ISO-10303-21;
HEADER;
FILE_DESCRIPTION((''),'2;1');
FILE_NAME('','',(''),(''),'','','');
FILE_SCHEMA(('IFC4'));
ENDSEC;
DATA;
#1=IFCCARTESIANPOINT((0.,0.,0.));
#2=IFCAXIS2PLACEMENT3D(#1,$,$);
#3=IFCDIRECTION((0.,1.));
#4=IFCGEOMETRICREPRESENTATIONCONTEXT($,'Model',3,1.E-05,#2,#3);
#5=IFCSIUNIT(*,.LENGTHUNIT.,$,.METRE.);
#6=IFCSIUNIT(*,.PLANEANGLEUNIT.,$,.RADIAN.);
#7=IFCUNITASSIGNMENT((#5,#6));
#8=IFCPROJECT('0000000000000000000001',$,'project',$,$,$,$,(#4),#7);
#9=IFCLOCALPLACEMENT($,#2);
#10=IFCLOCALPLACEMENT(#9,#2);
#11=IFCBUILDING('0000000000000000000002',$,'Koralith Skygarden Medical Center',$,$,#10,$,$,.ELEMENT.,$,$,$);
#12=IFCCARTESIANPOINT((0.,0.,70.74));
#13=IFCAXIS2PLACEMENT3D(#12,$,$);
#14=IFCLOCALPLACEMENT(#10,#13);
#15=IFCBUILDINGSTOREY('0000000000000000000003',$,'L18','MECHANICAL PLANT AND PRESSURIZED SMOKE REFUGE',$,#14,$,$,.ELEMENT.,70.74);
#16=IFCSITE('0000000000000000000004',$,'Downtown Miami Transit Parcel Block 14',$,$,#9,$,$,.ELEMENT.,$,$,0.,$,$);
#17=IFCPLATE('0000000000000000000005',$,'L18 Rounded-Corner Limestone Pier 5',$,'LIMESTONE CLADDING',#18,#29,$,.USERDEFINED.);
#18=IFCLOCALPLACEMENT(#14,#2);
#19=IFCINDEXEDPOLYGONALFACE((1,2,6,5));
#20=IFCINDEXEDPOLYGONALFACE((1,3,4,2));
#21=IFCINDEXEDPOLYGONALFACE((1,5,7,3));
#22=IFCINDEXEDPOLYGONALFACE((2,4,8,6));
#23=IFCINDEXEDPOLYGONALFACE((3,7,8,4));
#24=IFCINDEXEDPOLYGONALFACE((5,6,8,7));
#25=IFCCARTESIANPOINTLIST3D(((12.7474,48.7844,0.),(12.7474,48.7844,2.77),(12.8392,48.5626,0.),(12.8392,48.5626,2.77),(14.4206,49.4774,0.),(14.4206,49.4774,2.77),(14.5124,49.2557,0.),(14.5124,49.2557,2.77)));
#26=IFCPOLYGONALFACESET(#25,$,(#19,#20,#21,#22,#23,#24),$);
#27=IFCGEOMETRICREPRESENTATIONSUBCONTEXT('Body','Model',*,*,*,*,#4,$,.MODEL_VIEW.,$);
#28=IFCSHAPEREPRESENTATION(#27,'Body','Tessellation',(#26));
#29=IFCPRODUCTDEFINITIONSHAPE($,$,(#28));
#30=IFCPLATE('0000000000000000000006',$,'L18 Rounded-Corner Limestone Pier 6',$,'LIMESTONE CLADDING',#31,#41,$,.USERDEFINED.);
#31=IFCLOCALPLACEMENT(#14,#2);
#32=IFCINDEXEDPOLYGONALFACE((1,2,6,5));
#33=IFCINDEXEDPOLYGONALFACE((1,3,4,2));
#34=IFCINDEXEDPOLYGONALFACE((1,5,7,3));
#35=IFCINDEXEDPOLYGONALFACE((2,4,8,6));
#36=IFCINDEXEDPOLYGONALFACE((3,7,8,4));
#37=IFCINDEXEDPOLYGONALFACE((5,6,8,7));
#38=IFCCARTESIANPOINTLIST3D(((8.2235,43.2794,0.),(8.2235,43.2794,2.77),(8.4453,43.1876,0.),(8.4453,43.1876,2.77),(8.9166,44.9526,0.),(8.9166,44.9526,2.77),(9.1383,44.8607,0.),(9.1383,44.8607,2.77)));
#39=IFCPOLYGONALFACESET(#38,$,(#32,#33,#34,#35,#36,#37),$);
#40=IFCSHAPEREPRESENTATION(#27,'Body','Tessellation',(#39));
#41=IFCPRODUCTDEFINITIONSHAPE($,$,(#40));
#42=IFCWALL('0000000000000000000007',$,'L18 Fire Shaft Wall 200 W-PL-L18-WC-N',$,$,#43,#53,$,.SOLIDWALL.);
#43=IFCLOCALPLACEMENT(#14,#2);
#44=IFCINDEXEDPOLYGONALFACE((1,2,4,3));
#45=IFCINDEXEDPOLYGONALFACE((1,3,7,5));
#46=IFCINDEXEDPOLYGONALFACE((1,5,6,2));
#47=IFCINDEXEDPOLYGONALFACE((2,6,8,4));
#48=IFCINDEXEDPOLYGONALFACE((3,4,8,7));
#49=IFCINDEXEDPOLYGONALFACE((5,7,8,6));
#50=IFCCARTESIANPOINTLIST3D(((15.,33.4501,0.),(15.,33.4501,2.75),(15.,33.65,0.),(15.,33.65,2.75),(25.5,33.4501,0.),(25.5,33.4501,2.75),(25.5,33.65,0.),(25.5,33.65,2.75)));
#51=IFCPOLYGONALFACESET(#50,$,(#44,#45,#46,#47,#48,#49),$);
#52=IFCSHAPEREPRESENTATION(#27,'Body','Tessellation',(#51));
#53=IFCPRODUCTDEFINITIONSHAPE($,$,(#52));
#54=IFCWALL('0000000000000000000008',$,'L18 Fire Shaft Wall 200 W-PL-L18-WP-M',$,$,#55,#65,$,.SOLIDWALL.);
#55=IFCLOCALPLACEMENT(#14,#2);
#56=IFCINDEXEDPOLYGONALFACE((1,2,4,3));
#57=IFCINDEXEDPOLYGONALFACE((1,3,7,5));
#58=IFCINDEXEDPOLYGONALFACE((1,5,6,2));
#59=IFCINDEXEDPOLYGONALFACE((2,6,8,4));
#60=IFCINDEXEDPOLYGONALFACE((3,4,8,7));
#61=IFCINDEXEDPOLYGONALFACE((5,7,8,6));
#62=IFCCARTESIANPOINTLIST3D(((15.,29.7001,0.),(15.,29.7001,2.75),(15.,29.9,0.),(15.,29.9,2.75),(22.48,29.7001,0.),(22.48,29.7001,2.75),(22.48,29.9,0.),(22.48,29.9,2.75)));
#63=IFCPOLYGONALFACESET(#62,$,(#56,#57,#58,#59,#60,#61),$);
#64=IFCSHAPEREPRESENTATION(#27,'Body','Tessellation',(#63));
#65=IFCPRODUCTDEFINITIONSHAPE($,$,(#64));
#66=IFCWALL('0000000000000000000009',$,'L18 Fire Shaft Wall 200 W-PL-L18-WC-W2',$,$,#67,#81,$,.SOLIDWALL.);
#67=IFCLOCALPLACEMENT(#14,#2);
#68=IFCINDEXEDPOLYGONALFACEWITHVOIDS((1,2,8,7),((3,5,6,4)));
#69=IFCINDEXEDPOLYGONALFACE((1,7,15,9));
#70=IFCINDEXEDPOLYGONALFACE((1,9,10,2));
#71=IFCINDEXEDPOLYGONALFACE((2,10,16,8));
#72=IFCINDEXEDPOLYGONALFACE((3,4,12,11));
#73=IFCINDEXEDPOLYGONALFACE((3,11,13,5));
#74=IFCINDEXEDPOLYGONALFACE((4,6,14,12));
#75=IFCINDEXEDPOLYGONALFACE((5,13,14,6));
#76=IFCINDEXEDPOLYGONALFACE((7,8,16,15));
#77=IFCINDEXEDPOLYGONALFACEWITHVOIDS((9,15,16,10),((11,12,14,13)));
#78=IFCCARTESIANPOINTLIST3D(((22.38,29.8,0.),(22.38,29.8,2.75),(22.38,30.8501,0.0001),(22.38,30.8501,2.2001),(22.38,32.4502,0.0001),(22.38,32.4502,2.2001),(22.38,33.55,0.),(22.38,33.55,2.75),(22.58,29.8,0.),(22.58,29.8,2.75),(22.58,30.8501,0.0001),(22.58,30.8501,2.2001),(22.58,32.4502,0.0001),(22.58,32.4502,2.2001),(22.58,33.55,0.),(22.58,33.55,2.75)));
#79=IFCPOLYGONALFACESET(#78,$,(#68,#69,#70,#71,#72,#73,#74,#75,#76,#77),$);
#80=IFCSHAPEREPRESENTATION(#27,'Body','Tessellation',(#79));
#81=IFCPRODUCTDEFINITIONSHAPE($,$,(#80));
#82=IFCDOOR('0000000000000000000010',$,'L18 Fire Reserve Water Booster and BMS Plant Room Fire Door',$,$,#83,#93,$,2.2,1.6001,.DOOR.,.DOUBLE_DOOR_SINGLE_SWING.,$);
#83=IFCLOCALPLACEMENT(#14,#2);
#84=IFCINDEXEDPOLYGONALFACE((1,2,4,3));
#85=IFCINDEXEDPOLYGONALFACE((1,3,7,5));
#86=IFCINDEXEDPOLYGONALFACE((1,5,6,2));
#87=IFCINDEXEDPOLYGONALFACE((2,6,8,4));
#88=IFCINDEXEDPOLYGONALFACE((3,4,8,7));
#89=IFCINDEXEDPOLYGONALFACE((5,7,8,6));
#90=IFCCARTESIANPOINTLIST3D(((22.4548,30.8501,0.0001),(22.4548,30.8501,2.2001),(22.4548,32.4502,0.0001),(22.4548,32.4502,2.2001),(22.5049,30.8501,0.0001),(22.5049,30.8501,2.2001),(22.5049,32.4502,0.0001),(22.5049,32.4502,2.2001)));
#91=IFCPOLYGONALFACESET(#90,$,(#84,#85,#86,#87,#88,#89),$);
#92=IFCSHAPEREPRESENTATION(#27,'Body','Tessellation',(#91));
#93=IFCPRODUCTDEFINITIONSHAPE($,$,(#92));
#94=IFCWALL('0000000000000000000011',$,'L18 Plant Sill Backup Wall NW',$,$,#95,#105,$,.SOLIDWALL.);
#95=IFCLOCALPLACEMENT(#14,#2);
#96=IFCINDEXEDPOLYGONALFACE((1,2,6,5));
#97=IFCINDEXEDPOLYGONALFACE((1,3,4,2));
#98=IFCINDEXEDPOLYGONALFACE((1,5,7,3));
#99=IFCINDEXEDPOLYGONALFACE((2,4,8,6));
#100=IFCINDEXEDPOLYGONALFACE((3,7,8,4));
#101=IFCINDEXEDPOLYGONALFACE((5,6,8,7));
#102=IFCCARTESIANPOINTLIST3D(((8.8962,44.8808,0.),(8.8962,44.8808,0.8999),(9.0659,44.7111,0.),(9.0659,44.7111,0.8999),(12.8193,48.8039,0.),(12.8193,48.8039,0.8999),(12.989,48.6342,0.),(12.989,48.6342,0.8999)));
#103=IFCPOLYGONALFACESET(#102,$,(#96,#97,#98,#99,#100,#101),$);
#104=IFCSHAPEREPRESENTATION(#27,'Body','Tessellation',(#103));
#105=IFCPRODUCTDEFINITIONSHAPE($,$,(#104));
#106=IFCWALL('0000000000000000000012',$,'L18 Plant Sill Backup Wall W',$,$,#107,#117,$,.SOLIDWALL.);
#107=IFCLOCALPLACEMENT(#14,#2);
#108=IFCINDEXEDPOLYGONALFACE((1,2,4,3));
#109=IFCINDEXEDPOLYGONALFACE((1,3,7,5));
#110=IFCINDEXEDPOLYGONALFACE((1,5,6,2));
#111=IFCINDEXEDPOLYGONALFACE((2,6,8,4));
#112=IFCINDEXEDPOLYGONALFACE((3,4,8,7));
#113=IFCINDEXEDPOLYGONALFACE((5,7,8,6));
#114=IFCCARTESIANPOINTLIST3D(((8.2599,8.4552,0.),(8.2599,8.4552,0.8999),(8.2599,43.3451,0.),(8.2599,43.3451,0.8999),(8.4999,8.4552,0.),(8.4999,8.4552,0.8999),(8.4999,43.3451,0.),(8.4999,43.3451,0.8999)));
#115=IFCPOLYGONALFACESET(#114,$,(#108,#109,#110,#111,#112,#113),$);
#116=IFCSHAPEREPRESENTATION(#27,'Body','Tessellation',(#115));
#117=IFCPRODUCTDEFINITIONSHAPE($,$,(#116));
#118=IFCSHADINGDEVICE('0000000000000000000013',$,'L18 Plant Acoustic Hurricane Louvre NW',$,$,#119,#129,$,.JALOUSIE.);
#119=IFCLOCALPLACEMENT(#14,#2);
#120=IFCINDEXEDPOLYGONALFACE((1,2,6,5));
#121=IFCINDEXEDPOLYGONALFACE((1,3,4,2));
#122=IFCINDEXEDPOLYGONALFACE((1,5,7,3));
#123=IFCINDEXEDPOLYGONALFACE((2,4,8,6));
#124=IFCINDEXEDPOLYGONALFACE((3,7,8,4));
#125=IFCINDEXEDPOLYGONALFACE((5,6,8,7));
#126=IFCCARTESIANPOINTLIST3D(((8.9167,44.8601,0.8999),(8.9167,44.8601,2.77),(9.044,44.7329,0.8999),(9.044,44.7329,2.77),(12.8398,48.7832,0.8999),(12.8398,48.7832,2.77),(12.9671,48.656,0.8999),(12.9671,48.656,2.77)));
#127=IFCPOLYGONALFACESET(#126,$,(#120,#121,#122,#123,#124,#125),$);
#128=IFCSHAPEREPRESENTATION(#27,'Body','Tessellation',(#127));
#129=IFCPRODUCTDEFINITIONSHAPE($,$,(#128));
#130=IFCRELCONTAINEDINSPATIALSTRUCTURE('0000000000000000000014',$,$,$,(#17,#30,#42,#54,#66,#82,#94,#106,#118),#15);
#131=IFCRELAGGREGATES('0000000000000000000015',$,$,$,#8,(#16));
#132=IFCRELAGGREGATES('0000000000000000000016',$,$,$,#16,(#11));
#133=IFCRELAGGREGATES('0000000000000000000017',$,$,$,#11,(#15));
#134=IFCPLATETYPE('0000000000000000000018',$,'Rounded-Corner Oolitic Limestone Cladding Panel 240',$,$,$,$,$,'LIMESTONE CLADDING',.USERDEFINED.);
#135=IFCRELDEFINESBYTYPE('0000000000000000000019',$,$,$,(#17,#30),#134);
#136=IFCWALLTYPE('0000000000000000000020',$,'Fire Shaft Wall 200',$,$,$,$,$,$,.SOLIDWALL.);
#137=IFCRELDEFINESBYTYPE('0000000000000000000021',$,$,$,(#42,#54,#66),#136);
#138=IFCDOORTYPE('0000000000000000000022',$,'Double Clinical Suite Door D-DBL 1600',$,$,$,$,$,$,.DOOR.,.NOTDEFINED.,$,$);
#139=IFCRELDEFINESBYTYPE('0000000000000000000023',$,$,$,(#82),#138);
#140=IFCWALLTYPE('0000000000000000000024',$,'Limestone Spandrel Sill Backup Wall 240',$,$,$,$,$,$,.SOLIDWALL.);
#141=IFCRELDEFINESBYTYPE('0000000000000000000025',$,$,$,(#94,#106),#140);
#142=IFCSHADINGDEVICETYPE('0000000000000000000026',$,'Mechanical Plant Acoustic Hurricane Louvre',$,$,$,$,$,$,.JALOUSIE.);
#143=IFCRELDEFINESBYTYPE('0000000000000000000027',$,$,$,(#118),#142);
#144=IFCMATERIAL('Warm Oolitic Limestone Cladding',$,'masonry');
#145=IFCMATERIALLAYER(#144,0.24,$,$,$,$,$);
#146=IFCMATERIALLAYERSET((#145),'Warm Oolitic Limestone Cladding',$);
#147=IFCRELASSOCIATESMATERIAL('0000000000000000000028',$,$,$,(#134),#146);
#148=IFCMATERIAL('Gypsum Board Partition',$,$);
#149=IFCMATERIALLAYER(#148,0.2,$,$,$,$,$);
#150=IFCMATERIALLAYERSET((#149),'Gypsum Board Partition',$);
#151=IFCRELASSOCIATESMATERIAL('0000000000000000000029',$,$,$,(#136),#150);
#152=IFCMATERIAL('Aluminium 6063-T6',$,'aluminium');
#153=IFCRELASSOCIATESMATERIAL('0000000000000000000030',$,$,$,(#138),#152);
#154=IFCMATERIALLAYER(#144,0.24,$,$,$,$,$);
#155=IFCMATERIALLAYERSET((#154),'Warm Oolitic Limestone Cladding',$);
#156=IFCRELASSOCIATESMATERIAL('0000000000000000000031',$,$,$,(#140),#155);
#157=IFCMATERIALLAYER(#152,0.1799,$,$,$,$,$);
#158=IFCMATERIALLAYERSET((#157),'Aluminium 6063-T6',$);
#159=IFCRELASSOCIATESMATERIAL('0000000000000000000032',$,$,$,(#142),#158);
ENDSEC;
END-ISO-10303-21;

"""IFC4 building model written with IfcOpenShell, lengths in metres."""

from ifc_helpers import new_model, si_unit, direction, frame, frame_2d, origin, origin_2d, place, context, subcontext, project, spatial, rectangle, extrude, material, layer, layer_set, type_object, element, fill, save


model = new_model("IFC4")

# Units and contexts
model_context = context("Model", 3, precision=1e-05, world=origin(), true_north=direction((0.0, 1.0)))
body_context = subcontext(model_context, "Body", "Model", "MODEL_VIEW")
ifc_project = project(units=[si_unit("LENGTHUNIT", "METRE"), si_unit("PLANEANGLEUNIT", "RADIAN")], contexts=[model_context])

# Site, building, storey
site_placement = place(None, origin())
site = spatial("IfcSite", under=ifc_project, at=site_placement, Name="Downtown Miami Transit Parcel Block 14", CompositionType="ELEMENT", RefElevation=0.0)
building_placement = place(site_placement, origin())
building = spatial("IfcBuilding", under=site, at=building_placement, Name="Koralith Skygarden Medical Center", CompositionType="ELEMENT")
storey_placement = place(building_placement, frame((0.0, 0.0, 70.74)))
storey = spatial("IfcBuildingStorey", under=building, at=storey_placement, Name="L18", Description="MECHANICAL PLANT AND PRESSURIZED SMOKE REFUGE", CompositionType="ELEMENT", Elevation=70.74)

# Plates
ifc_material_1 = material(Name="Warm Oolitic Limestone Cladding", Category="masonry")
ifc_layer_1 = layer(ifc_material_1, 0.24)
ifc_layer_set_1 = layer_set([ifc_layer_1], Name="Warm Oolitic Limestone Cladding")
plate_type_1 = type_object("IfcPlateType", Name="Rounded-Corner Oolitic Limestone Cladding Panel 240", ElementType="LIMESTONE CLADDING", PredefinedType="USERDEFINED", material=ifc_layer_set_1)
for number, where, z_axis, x_axis, name in (
    (1, (13.6299, 49.02, 0.0), (0.0, 0.0, 1.0), (-0.923885, -0.382671, 0.0), "L18 Rounded-Corner Limestone Pier 5"),
    (2, (8.6809, 44.0701, 0.0), (0.0, 0.0, 1.0), (-0.382671, -0.923885, 0.0), "L18 Rounded-Corner Limestone Pier 6"),
):
    element("IfcPlate", number, at=place(storey_placement, frame(where, z_axis=z_axis, x_axis=x_axis)), inside=storey, type_object=plate_type_1, Name=name, ObjectType="LIMESTONE CLADDING", PredefinedType="USERDEFINED", context=body_context, shape_type="SweptSolid", body=[
        extrude(rectangle(XDim=1.811, YDim=0.24, at=origin_2d()), origin(), (0.0, 0.0, 1.0), 2.77),
    ])

# Walls
ifc_material_2 = material(Name="Gypsum Board Partition")
ifc_layer_2 = layer(ifc_material_2, 0.2)
ifc_layer_set_2 = layer_set([ifc_layer_2], Name="Gypsum Board Partition")
wall_type_1 = type_object("IfcWallType", Name="Fire Shaft Wall 200", PredefinedType="SOLIDWALL", material=ifc_layer_set_2)
wall_1_placement = place(storey_placement, frame((15.0, 33.55, 0.0), z_axis=(0.0, 0.0, 1.0), x_axis=(1.0, 0.0, 0.0)))
element("IfcWall", 3, at=wall_1_placement, inside=storey, type_object=wall_type_1, Name="L18 Fire Shaft Wall 200 W-PL-L18-WC-N", PredefinedType="SOLIDWALL", context=body_context, shape_type="SweptSolid", body=[
    extrude(rectangle(XDim=10.5, YDim=0.2, at=frame_2d((5.25, 0.0))), origin(), (0.0, 0.0, 1.0), 2.75),
])
wall_2_placement = place(storey_placement, frame((15.0, 29.8, 0.0), z_axis=(0.0, 0.0, 1.0), x_axis=(1.0, 0.0, 0.0)))
element("IfcWall", 4, at=wall_2_placement, inside=storey, type_object=wall_type_1, Name="L18 Fire Shaft Wall 200 W-PL-L18-WP-M", PredefinedType="SOLIDWALL", context=body_context, shape_type="SweptSolid", body=[
    extrude(rectangle(XDim=7.48, YDim=0.2, at=frame_2d((3.74, 0.0))), origin(), (0.0, 0.0, 1.0), 2.75),
])

# Wall, opening, door
wall_3_placement = place(storey_placement, frame((22.48, 29.8, 0.0), z_axis=(0.0, 0.0, 1.0), x_axis=(0.0, 1.0, 0.0)))
wall_3 = element("IfcWall", 5, at=wall_3_placement, inside=storey, type_object=wall_type_1, Name="L18 Fire Shaft Wall 200 W-PL-L18-WC-W2", PredefinedType="SOLIDWALL", context=body_context, shape_type="SweptSolid", body=[
    extrude(rectangle(XDim=3.75, YDim=0.2, at=frame_2d((1.875, 0.0))), origin(), (0.0, 0.0, 1.0), 2.75),
])
opening_placement = place(wall_3_placement, frame((1.05, 0.0, 0.0)))
opening = element("IfcOpeningElement", 6, at=opening_placement, cuts=wall_3, PredefinedType="OPENING", context=body_context, shape_type="SweptSolid", body=[
    extrude(rectangle(XDim=1.6001, YDim=2.2, at=frame_2d((0.8, 1.1001))), frame((0.0, 0.1099, 0.0), z_axis=(0.0, -1.0, 0.0), x_axis=(1.0, 0.0, 0.0)), (0.0, 0.0, 1.0), 0.22),
])
ifc_material_3 = material(Name="Aluminium 6063-T6", Category="aluminium")
door_type = type_object("IfcDoorType", Name="Double Clinical Suite Door D-DBL 1600", OperationType="NOTDEFINED", PredefinedType="DOOR", material=ifc_material_3)
door_placement = place(opening_placement, frame((1.6001, 0.0, 0.0), z_axis=(0.0, 0.0, 1.0), x_axis=(-1.0, 0.0, 0.0)))
door = element("IfcDoor", 7, at=door_placement, inside=storey, type_object=door_type, Name="L18 Fire Reserve Water Booster and BMS Plant Room Fire Door", OperationType="DOUBLE_DOOR_SINGLE_SWING", OverallHeight=2.2, OverallWidth=1.6001, PredefinedType="DOOR", context=body_context, shape_type="SweptSolid", body=[
    extrude(rectangle(XDim=1.6001, YDim=2.2, at=frame_2d((0.8, 1.1001))), frame((0.0, 0.0249, 0.0), z_axis=(0.0, -1.0, 0.0), x_axis=(1.0, 0.0, 0.0)), (0.0, 0.0, 1.0), 0.05),
])
fill(opening, door)

# Walls
ifc_layer_3 = layer(ifc_material_1, 0.24)
ifc_layer_set_3 = layer_set([ifc_layer_3], Name="Warm Oolitic Limestone Cladding")
wall_type_2 = type_object("IfcWallType", Name="Limestone Spandrel Sill Backup Wall 240", PredefinedType="SOLIDWALL", material=ifc_layer_set_3)
wall_4_placement = place(storey_placement, frame((12.9041, 48.719, 0.0), z_axis=(0.0, 0.0, 1.0), x_axis=(-0.707107, -0.707107, 0.0)))
element("IfcWall", 8, at=wall_4_placement, inside=storey, type_object=wall_type_2, Name="L18 Plant Sill Backup Wall NW", PredefinedType="SOLIDWALL", context=body_context, shape_type="SweptSolid", body=[
    extrude(rectangle(XDim=5.5481, YDim=0.24, at=frame_2d((2.7739, 0.0))), origin(), (0.0, 0.0, 1.0), 0.8999),
])
wall_5_placement = place(storey_placement, frame((8.3799, 43.345, 0.0), z_axis=(0.0, 0.0, 1.0), x_axis=(0.0, -1.0, 0.0)))
element("IfcWall", 9, at=wall_5_placement, inside=storey, type_object=wall_type_2, Name="L18 Plant Sill Backup Wall W", PredefinedType="SOLIDWALL", context=body_context, shape_type="SweptSolid", body=[
    extrude(rectangle(XDim=34.8899, YDim=0.24, at=frame_2d((17.4448, 0.0))), origin(), (0.0, 0.0, 1.0), 0.8999),
])

# Shading device
ifc_layer_4 = layer(ifc_material_3, 0.1799)
ifc_layer_set_4 = layer_set([ifc_layer_4], Name="Aluminium 6063-T6")
shading_device_type = type_object("IfcShadingDeviceType", Name="Mechanical Plant Acoustic Hurricane Louvre", PredefinedType="JALOUSIE", material=ifc_layer_set_4)
shading_device_placement = place(storey_placement, frame((10.9419, 46.7581, 0.8999), z_axis=(0.0, 0.0, 1.0), x_axis=(-0.707107, -0.707107, 0.0)))
element("IfcShadingDevice", 10, at=shading_device_placement, inside=storey, type_object=shading_device_type, Name="L18 Plant Acoustic Hurricane Louvre NW", PredefinedType="JALOUSIE", context=body_context, shape_type="SweptSolid", body=[
    extrude(rectangle(XDim=5.5481, YDim=0.1799, at=origin_2d()), origin(), (0.0, 0.0, 1.0), 1.8701),
])

save(model, "model.ifc")
